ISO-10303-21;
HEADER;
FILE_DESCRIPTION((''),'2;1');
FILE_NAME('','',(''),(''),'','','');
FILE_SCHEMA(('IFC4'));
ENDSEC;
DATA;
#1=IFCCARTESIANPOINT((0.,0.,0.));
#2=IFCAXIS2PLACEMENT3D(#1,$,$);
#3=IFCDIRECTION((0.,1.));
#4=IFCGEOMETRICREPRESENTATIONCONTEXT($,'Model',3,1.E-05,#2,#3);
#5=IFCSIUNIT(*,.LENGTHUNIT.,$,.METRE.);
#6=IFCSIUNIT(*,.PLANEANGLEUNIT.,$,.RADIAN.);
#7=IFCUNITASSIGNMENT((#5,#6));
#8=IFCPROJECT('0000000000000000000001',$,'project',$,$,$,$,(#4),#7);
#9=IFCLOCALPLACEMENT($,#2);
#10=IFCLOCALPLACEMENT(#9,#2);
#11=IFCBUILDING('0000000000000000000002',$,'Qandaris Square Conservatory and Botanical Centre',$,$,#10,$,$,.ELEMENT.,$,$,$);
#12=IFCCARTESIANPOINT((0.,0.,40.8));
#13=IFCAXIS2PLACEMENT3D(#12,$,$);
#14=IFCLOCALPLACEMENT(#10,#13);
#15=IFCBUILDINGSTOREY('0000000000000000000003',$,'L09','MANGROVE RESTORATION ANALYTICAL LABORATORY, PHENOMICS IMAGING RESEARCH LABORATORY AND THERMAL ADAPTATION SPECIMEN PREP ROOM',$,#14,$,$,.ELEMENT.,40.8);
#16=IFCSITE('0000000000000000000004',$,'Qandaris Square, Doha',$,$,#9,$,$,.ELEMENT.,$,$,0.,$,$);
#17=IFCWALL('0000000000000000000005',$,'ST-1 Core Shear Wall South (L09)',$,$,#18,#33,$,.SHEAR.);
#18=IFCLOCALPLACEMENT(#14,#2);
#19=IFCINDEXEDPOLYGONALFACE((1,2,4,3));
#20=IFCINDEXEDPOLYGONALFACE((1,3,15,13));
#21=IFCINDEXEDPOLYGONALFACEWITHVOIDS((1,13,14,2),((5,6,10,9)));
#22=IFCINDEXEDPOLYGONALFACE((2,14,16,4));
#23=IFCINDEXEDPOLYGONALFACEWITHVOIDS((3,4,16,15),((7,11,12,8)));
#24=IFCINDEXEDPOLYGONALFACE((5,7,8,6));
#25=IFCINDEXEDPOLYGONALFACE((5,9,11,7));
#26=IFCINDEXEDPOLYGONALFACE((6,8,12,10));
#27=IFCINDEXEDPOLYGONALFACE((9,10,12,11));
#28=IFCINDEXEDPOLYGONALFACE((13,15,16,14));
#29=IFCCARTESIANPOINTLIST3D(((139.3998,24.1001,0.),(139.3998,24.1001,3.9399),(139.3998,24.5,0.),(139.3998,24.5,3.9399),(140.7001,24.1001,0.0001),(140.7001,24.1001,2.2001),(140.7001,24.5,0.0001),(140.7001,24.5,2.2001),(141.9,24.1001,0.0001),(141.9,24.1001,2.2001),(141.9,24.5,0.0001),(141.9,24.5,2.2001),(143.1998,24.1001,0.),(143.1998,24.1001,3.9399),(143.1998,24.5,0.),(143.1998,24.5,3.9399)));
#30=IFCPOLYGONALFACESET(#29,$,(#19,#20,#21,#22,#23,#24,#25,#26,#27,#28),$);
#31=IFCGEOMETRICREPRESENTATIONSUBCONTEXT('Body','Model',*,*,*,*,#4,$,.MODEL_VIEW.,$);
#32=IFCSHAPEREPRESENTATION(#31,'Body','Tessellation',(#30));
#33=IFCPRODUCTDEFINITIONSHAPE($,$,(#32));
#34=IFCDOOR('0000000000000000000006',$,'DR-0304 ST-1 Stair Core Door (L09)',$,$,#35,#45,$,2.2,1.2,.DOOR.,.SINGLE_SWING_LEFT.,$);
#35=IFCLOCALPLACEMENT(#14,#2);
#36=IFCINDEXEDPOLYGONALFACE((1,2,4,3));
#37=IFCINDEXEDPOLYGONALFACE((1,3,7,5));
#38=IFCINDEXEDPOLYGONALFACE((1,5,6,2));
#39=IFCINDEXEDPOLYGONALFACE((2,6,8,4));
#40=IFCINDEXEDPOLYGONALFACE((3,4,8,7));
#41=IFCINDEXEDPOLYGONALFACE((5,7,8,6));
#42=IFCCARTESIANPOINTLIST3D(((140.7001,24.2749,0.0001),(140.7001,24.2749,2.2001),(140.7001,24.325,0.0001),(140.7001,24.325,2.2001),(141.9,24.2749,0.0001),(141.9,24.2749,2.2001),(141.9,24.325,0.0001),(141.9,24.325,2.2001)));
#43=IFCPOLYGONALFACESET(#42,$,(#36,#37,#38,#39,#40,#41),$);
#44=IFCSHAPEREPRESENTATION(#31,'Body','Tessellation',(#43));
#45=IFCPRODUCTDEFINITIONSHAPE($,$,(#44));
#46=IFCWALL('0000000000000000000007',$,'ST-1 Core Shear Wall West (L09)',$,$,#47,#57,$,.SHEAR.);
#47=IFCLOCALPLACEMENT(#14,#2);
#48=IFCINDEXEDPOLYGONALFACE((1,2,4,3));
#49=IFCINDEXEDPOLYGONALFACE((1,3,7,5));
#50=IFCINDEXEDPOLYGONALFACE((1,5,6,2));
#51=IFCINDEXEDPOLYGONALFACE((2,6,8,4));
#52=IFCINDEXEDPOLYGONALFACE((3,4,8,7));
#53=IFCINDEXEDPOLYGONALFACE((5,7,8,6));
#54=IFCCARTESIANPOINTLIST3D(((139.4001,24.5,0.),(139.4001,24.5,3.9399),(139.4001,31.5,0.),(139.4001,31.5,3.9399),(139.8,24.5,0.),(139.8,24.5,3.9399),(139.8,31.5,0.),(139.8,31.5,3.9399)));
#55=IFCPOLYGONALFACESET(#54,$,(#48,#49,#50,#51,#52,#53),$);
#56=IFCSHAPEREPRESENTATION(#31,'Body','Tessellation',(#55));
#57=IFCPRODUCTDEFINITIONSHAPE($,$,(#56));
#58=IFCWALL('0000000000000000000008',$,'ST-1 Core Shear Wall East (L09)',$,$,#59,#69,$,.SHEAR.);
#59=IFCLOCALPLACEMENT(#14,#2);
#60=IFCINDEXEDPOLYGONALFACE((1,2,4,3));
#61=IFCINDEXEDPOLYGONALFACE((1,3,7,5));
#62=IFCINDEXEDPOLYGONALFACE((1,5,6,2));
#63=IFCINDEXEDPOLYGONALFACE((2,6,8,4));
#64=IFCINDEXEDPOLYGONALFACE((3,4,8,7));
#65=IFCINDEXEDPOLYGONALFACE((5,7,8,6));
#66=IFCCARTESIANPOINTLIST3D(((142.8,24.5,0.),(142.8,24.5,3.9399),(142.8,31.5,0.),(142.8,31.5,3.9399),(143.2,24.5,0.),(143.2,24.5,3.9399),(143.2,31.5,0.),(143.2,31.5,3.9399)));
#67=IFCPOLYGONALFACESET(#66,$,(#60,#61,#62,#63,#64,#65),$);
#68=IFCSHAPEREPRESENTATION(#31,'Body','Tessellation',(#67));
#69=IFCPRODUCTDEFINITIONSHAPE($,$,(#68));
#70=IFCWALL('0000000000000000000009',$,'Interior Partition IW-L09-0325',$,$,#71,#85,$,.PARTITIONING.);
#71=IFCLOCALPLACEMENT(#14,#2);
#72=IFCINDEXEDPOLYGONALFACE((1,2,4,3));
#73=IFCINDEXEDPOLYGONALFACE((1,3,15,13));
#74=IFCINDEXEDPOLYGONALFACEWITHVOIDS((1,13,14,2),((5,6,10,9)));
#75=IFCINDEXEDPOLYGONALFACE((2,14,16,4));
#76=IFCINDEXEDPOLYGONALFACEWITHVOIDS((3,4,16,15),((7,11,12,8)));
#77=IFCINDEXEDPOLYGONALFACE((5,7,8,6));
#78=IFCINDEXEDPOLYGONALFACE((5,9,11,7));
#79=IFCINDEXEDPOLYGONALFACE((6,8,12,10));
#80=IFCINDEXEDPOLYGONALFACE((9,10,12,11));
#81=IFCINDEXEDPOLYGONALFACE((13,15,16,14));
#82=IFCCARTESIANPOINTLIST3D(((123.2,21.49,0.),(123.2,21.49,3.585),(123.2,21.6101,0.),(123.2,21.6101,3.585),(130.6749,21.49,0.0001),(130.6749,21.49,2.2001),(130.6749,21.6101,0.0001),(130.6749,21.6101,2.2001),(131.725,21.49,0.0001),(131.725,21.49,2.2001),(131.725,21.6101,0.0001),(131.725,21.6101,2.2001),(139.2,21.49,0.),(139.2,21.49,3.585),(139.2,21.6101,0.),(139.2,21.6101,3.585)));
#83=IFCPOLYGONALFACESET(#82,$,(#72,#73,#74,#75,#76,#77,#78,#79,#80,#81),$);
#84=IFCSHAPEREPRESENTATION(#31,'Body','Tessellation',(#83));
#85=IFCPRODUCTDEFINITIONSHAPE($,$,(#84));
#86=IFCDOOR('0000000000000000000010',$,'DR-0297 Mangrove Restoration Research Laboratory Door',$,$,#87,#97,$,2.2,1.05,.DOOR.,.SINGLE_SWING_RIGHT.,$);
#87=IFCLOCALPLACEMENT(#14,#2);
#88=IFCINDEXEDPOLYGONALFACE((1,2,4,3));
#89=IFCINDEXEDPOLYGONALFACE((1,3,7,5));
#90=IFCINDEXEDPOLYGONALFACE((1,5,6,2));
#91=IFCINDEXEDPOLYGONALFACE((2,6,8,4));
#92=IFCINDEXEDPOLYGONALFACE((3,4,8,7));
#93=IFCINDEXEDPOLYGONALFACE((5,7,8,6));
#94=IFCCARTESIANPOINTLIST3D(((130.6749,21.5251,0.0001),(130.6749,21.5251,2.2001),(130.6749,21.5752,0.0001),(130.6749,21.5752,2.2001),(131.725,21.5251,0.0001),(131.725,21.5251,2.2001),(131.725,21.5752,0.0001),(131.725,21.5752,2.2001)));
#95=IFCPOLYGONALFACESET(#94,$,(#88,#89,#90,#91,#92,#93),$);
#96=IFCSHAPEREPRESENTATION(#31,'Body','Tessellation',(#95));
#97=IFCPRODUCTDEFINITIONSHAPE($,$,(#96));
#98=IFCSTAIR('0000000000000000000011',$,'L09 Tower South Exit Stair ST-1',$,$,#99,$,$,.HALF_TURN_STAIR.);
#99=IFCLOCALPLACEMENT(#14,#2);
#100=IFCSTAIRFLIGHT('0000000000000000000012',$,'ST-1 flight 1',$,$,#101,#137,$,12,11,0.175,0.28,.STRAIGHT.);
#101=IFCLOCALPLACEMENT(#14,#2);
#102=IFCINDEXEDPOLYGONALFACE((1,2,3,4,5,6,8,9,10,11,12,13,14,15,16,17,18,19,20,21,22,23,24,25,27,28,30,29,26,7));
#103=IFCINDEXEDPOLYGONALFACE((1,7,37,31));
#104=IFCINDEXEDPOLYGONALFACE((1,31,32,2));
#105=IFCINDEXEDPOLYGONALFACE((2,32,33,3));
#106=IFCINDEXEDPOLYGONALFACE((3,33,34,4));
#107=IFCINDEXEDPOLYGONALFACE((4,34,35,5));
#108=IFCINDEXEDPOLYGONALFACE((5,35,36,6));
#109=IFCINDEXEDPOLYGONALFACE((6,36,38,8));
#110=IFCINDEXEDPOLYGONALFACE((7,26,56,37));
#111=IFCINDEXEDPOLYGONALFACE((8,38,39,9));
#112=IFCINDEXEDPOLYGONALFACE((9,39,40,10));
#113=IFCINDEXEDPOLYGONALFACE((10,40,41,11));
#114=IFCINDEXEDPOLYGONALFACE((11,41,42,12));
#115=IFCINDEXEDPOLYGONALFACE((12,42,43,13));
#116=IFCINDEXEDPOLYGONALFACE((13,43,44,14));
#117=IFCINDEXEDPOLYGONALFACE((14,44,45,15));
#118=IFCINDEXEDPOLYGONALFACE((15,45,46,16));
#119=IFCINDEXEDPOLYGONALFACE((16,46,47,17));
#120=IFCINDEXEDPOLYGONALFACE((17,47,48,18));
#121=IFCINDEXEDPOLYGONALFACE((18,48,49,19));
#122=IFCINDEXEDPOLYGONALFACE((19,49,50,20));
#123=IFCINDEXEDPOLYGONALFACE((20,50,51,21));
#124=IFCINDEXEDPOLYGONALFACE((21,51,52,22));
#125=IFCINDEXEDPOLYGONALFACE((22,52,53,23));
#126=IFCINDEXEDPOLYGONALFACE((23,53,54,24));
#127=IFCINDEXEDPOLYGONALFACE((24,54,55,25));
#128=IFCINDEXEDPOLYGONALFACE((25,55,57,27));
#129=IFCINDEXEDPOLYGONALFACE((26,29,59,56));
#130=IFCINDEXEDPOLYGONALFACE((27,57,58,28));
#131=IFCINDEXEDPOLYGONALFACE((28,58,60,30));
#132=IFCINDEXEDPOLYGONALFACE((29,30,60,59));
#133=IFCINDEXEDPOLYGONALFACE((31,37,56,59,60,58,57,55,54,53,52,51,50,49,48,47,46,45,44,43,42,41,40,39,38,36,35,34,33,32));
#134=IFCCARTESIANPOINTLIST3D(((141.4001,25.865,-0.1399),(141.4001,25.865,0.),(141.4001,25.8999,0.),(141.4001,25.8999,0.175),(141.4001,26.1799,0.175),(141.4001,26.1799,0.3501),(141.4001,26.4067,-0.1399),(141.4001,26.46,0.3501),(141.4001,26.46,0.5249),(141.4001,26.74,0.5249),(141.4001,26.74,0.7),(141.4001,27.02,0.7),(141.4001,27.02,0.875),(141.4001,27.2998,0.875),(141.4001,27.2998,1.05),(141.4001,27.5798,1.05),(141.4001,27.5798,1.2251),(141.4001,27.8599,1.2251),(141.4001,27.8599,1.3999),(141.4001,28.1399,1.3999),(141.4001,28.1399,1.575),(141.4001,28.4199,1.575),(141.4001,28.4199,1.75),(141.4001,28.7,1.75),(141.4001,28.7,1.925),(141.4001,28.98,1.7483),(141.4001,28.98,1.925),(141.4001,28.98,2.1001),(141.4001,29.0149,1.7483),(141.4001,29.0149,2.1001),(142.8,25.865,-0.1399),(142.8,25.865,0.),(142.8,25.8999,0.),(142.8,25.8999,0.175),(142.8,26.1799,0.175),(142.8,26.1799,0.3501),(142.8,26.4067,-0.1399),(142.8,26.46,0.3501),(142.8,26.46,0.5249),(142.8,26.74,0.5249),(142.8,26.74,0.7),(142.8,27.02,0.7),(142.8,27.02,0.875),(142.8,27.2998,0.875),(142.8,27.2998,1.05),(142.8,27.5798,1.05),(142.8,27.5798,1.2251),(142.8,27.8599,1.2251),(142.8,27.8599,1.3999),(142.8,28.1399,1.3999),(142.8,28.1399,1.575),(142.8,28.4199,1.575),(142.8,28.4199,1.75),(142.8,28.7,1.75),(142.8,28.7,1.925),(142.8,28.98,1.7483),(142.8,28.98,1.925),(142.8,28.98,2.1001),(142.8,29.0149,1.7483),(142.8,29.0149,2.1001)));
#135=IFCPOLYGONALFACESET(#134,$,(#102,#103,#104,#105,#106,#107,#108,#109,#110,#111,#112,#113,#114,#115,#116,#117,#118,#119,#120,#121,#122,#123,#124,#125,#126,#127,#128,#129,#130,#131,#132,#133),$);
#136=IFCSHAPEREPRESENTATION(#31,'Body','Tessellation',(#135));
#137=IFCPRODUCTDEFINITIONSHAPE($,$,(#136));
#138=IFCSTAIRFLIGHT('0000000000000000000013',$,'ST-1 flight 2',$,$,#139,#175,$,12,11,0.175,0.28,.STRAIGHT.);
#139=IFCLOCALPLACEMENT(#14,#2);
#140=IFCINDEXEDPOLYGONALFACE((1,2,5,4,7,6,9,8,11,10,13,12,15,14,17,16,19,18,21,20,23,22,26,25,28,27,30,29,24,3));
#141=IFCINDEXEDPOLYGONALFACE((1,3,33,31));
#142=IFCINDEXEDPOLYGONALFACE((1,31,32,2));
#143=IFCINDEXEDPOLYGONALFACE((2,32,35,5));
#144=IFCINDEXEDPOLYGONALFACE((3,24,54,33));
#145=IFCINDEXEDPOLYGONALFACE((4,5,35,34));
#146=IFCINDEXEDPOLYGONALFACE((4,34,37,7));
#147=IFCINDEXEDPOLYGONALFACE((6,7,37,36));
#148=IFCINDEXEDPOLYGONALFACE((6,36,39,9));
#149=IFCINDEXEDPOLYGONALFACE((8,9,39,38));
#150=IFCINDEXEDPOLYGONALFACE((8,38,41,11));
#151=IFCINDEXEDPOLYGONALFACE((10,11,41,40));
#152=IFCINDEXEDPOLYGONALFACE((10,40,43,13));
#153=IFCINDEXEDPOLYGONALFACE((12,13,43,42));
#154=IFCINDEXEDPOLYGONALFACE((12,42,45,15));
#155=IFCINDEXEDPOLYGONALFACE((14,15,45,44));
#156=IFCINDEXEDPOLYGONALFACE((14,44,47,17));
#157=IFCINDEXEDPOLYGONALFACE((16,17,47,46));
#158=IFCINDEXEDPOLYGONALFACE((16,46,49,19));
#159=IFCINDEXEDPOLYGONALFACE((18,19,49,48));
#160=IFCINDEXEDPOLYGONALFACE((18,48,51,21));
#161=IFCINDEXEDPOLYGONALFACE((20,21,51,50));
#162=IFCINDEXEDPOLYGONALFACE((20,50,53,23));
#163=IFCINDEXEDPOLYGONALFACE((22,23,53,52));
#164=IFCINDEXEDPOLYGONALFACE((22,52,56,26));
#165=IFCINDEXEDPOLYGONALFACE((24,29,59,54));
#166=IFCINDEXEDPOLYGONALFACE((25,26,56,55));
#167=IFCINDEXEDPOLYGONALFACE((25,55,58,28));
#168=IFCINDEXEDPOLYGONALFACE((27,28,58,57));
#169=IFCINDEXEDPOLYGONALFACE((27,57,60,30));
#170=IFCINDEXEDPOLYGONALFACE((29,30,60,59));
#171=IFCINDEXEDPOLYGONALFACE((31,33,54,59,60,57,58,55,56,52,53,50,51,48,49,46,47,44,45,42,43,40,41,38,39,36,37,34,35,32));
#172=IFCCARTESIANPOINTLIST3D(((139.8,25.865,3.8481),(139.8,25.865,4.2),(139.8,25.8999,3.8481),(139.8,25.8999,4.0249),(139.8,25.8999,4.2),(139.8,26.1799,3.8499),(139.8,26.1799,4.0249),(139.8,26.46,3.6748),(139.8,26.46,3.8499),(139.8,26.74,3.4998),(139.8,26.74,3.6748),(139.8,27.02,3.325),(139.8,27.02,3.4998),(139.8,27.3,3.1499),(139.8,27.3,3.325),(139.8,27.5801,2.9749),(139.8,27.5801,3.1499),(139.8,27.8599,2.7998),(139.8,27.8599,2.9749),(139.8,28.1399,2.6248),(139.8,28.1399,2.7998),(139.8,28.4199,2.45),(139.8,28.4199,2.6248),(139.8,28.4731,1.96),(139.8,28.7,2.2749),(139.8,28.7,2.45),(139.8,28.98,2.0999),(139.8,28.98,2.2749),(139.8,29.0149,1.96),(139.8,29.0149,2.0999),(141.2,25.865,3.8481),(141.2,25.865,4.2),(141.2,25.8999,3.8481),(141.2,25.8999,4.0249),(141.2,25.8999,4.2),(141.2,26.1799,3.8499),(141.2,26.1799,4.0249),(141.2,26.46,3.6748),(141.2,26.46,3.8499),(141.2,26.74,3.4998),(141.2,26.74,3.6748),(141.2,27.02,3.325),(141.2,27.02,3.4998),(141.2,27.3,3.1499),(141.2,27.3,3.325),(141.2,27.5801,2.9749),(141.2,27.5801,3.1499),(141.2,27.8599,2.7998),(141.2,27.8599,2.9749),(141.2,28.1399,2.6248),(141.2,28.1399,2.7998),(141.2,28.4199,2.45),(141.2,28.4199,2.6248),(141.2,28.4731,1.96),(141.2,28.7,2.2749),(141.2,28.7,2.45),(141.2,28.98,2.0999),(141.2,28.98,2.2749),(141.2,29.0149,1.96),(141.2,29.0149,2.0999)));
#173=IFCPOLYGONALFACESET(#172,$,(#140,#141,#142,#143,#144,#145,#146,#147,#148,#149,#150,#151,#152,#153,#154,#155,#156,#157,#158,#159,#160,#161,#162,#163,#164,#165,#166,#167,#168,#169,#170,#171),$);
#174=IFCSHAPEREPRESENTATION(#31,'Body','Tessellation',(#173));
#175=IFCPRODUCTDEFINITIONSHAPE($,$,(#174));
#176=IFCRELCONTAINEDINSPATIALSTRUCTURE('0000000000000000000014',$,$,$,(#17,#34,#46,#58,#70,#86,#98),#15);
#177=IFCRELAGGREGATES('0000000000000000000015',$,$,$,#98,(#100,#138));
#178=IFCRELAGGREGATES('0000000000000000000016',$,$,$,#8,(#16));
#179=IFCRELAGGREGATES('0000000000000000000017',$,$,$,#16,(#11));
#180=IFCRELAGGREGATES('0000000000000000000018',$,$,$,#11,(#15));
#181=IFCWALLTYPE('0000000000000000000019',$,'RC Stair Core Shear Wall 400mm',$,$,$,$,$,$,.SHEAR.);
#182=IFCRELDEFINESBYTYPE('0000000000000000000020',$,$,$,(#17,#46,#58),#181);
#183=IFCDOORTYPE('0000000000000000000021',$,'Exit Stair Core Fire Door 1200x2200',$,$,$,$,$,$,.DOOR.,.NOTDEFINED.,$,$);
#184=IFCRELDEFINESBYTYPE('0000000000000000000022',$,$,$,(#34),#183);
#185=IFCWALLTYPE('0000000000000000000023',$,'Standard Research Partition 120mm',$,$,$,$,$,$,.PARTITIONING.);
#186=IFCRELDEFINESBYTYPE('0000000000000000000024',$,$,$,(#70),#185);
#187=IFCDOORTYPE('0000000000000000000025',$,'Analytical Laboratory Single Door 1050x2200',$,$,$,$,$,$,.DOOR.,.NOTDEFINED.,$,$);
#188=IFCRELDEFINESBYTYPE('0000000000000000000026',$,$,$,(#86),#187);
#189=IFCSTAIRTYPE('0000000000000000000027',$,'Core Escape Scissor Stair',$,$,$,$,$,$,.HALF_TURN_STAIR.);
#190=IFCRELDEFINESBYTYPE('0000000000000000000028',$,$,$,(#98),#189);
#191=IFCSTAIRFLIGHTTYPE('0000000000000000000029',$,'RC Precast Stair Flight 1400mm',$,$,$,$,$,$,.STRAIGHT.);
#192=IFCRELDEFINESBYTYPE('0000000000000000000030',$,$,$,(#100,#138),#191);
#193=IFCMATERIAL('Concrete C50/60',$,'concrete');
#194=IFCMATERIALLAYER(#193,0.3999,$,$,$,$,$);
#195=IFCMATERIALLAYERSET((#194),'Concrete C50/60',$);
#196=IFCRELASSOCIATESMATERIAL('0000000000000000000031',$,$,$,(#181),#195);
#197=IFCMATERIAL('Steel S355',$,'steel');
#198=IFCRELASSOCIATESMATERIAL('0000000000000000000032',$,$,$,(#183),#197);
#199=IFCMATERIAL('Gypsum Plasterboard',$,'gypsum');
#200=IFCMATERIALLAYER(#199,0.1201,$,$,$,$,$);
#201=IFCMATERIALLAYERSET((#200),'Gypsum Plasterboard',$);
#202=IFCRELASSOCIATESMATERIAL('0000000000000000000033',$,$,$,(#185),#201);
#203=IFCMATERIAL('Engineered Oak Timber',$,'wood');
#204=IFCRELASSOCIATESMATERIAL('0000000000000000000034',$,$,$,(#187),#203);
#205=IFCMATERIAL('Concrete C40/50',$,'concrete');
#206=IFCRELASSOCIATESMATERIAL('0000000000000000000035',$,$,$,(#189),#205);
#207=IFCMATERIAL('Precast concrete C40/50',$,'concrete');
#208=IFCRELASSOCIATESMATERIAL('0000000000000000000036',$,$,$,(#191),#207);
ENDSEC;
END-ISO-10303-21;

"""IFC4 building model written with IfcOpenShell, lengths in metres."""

from ifc_helpers import new_model, si_unit, direction, frame, frame_2d, origin, place, context, subcontext, project, spatial, polyline, rectangle, outline, extrude, material, layer, layer_set, type_object, element, fill, aggregate, save


model = new_model("IFC4")

# Units and contexts
model_context = context("Model", 3, precision=1e-05, world=origin(), true_north=direction((0.0, 1.0)))
body_context = subcontext(model_context, "Body", "Model", "MODEL_VIEW")
ifc_project = project(units=[si_unit("LENGTHUNIT", "METRE"), si_unit("PLANEANGLEUNIT", "RADIAN")], contexts=[model_context])

# Site, building, storey
site_placement = place(None, origin())
site = spatial("IfcSite", under=ifc_project, at=site_placement, Name="Qandaris Square, Doha", CompositionType="ELEMENT", RefElevation=0.0)
building_placement = place(site_placement, origin())
building = spatial("IfcBuilding", under=site, at=building_placement, Name="Qandaris Square Conservatory and Botanical Centre", CompositionType="ELEMENT")
storey_placement = place(building_placement, frame((0.0, 0.0, 40.8)))
storey = spatial("IfcBuildingStorey", under=building, at=storey_placement, Name="L09", Description="MANGROVE RESTORATION ANALYTICAL LABORATORY, PHENOMICS IMAGING RESEARCH LABORATORY AND THERMAL ADAPTATION SPECIMEN PREP ROOM", CompositionType="ELEMENT", Elevation=40.8)

# Shared definitions
ifc_material_1 = material(Name="Steel S355", Category="steel")
ifc_material_2 = material(Name="Concrete C50/60", Category="concrete")

# Shared definitions
ifc_material_3 = material(Name="Gypsum Plasterboard", Category="gypsum")

# Shared definitions
ifc_material_4 = material(Name="Precast concrete C40/50", Category="concrete")

# Wall, opening, door
ifc_layer_1 = layer(ifc_material_2, 0.3999)
ifc_layer_set_1 = layer_set([ifc_layer_1], Name="Concrete C50/60")
wall_type_1 = type_object("IfcWallType", Name="RC Stair Core Shear Wall 400mm", PredefinedType="SHEAR", material=ifc_layer_set_1)
wall_1_placement = place(storey_placement, frame((139.3999, 24.3, 0.0), z_axis=(0.0, 0.0, 1.0), x_axis=(1.0, 0.0, 0.0)))
wall_1 = element("IfcWall", 1, at=wall_1_placement, inside=storey, type_object=wall_type_1, Name="ST-1 Core Shear Wall South (L09)", PredefinedType="SHEAR", context=body_context, shape_type="SweptSolid", body=[
    extrude(rectangle(XDim=3.8, YDim=0.3999, at=frame_2d((1.8999, 0.0))), origin(), (0.0, 0.0, 1.0), 3.9399),
])
opening_1_placement = place(wall_1_placement, frame((1.3, 0.0, 0.0)))
opening_1 = element("IfcOpeningElement", 2, at=opening_1_placement, cuts=wall_1, PredefinedType="OPENING", context=body_context, shape_type="SweptSolid", body=[
    extrude(rectangle(XDim=1.2, YDim=2.2, at=frame_2d((0.6001, 1.1001))), frame((0.0, 0.2119, 0.0), z_axis=(0.0, -1.0, 0.0), x_axis=(1.0, 0.0, 0.0)), (0.0, 0.0, 1.0), 0.4238),
])
door_type_1 = type_object("IfcDoorType", Name="Exit Stair Core Fire Door 1200x2200", OperationType="NOTDEFINED", PredefinedType="DOOR", material=ifc_material_1)
door_1_placement = place(opening_1_placement, origin())
door_1 = element("IfcDoor", 3, at=door_1_placement, inside=storey, type_object=door_type_1, Name="DR-0304 ST-1 Stair Core Door (L09)", OperationType="SINGLE_SWING_LEFT", OverallHeight=2.2, OverallWidth=1.2, PredefinedType="DOOR", context=body_context, shape_type="SweptSolid", body=[
    extrude(rectangle(XDim=1.2, YDim=2.2, at=frame_2d((0.6001, 1.1001))), frame((0.0, 0.0249, 0.0), z_axis=(0.0, -1.0, 0.0), x_axis=(1.0, 0.0, 0.0)), (0.0, 0.0, 1.0), 0.05),
])
fill(opening_1, door_1)

# Walls
for number, where, z_axis, x_axis, name in (
    (4, (139.6001, 24.5, 0.0), (0.0, 0.0, 1.0), (0.0, 1.0, 0.0), "ST-1 Core Shear Wall West (L09)"),
    (5, (143.0, 24.5, 0.0), (0.0, 0.0, 1.0), (0.0, 1.0, 0.0), "ST-1 Core Shear Wall East (L09)"),
):
    element("IfcWall", number, at=place(storey_placement, frame(where, z_axis=z_axis, x_axis=x_axis)), inside=storey, type_object=wall_type_1, Name=name, PredefinedType="SHEAR", context=body_context, shape_type="SweptSolid", body=[
        extrude(rectangle(XDim=7.0, YDim=0.3999, at=frame_2d((3.5, 0.0))), origin(), (0.0, 0.0, 1.0), 3.9399),
    ])

# Wall, opening, door
ifc_layer_2 = layer(ifc_material_3, 0.1201)
ifc_layer_set_2 = layer_set([ifc_layer_2], Name="Gypsum Plasterboard")
wall_type_2 = type_object("IfcWallType", Name="Standard Research Partition 120mm", PredefinedType="PARTITIONING", material=ifc_layer_set_2)
wall_2_placement = place(storey_placement, frame((139.2, 21.55, 0.0), z_axis=(0.0, 0.0, 1.0), x_axis=(-1.0, 0.0, 0.0)))
wall_2 = element("IfcWall", 6, at=wall_2_placement, inside=storey, type_object=wall_type_2, Name="Interior Partition IW-L09-0325", PredefinedType="PARTITIONING", context=body_context, shape_type="SweptSolid", body=[
    extrude(rectangle(XDim=16.0, YDim=0.1201, at=frame_2d((8.0, 0.0))), origin(), (0.0, 0.0, 1.0), 3.585),
])
opening_2_placement = place(wall_2_placement, frame((7.4751, 0.0, 0.0)))
opening_2 = element("IfcOpeningElement", 7, at=opening_2_placement, cuts=wall_2, PredefinedType="OPENING", context=body_context, shape_type="SweptSolid", body=[
    extrude(rectangle(XDim=1.05, YDim=2.2, at=frame_2d((0.5249, 1.1001))), frame((0.0, 0.072, 0.0), z_axis=(0.0, -1.0, 0.0), x_axis=(1.0, 0.0, 0.0)), (0.0, 0.0, 1.0), 0.144),
])
ifc_material_5 = material(Name="Engineered Oak Timber", Category="wood")
door_type_2 = type_object("IfcDoorType", Name="Analytical Laboratory Single Door 1050x2200", OperationType="NOTDEFINED", PredefinedType="DOOR", material=ifc_material_5)
door_2_placement = place(opening_2_placement, origin())
door_2 = element("IfcDoor", 8, at=door_2_placement, inside=storey, type_object=door_type_2, Name="DR-0297 Mangrove Restoration Research Laboratory Door", OperationType="SINGLE_SWING_RIGHT", OverallHeight=2.2, OverallWidth=1.05, PredefinedType="DOOR", context=body_context, shape_type="SweptSolid", body=[
    extrude(rectangle(XDim=1.05, YDim=2.2, at=frame_2d((0.5249, 1.1001))), frame((0.0, 0.0249, 0.0), z_axis=(0.0, -1.0, 0.0), x_axis=(1.0, 0.0, 0.0)), (0.0, 0.0, 1.0), 0.05),
])
fill(opening_2, door_2)

# Stair, stair flights
ifc_material_6 = material(Name="Concrete C40/50", Category="concrete")
stair_type = type_object("IfcStairType", Name="Core Escape Scissor Stair", PredefinedType="HALF_TURN_STAIR", material=ifc_material_6)
stair_placement = place(storey_placement, origin())
stair = element("IfcStair", 9, at=stair_placement, inside=storey, type_object=stair_type, Name="L09 Tower South Exit Stair ST-1", PredefinedType="HALF_TURN_STAIR")
stair_flight_type = type_object("IfcStairFlightType", Name="RC Precast Stair Flight 1400mm", PredefinedType="STRAIGHT", material=ifc_material_4)
stair_flight_1_placement = place(storey_placement, frame((142.1001, 25.8999, 0.0), z_axis=(0.0, 0.0, 1.0), x_axis=(0.0, 1.0, 0.0)))
stair_flight_1 = element("IfcStairFlight", 10, at=stair_flight_1_placement, type_object=stair_flight_type, Name="ST-1 flight 1", NumberOfRisers=12, NumberOfTreads=11, PredefinedType="STRAIGHT", RiserHeight=0.175, TreadLength=0.28, context=body_context, shape_type="SweptSolid", body=[
    extrude(outline(polyline([(-0.0349, 0.0), (0.0, 0.0), (0.0, 0.175), (0.28, 0.175), (0.28, 0.3501), (0.5601, 0.3501), (0.5601, 0.5249), (0.8401, 0.5249), (0.8401, 0.7), (1.1201, 0.7), (1.1201, 0.875), (1.3999, 0.875), (1.3999, 1.05), (1.6799, 1.05), (1.6799, 1.2251), (1.96, 1.2251), (1.96, 1.3999), (2.24, 1.3999), (2.24, 1.575), (2.52, 1.575), (2.52, 1.75), (2.8, 1.75), (2.8, 1.925), (3.0801, 1.925), (3.0801, 2.1001), (3.115, 2.1001), (3.115, 1.7483), (3.0801, 1.7483), (0.5068, -0.1399), (-0.0349, -0.1399), (-0.0349, 0.0)])), frame((0.0, 0.7, 0.0), z_axis=(0.0, -1.0, 0.0), x_axis=(1.0, 0.0, 0.0)), (0.0, 0.0, 1.0), 1.3999),
])
stair_flight_2_placement = place(storey_placement, frame((140.5, 28.98, 2.0999), z_axis=(0.0, 0.0, 1.0), x_axis=(0.0, -1.0, 0.0)))
stair_flight_2 = element("IfcStairFlight", 11, at=stair_flight_2_placement, type_object=stair_flight_type, Name="ST-1 flight 2", NumberOfRisers=12, NumberOfTreads=11, PredefinedType="STRAIGHT", RiserHeight=0.175, TreadLength=0.28, context=body_context, shape_type="SweptSolid", body=[
    extrude(outline(polyline([(-0.0349, 0.0), (0.0, 0.0), (0.0, 0.175), (0.28, 0.175), (0.28, 0.3501), (0.5601, 0.3501), (0.5601, 0.5249), (0.8401, 0.5249), (0.8401, 0.7), (1.1201, 0.7), (1.1201, 0.875), (1.3999, 0.875), (1.3999, 1.05), (1.6799, 1.05), (1.6799, 1.2251), (1.96, 1.2251), (1.96, 1.3999), (2.24, 1.3999), (2.24, 1.575), (2.52, 1.575), (2.52, 1.75), (2.8, 1.75), (2.8, 1.925), (3.0801, 1.925), (3.0801, 2.1001), (3.115, 2.1001), (3.115, 1.7483), (3.0801, 1.7483), (0.5068, -0.1399), (-0.0349, -0.1399), (-0.0349, 0.0)])), frame((0.0, 0.7, 0.0), z_axis=(0.0, -1.0, 0.0), x_axis=(1.0, 0.0, 0.0)), (0.0, 0.0, 1.0), 1.3999),
])
aggregate(stair, [stair_flight_1, stair_flight_2])

save(model, "model.ifc")
